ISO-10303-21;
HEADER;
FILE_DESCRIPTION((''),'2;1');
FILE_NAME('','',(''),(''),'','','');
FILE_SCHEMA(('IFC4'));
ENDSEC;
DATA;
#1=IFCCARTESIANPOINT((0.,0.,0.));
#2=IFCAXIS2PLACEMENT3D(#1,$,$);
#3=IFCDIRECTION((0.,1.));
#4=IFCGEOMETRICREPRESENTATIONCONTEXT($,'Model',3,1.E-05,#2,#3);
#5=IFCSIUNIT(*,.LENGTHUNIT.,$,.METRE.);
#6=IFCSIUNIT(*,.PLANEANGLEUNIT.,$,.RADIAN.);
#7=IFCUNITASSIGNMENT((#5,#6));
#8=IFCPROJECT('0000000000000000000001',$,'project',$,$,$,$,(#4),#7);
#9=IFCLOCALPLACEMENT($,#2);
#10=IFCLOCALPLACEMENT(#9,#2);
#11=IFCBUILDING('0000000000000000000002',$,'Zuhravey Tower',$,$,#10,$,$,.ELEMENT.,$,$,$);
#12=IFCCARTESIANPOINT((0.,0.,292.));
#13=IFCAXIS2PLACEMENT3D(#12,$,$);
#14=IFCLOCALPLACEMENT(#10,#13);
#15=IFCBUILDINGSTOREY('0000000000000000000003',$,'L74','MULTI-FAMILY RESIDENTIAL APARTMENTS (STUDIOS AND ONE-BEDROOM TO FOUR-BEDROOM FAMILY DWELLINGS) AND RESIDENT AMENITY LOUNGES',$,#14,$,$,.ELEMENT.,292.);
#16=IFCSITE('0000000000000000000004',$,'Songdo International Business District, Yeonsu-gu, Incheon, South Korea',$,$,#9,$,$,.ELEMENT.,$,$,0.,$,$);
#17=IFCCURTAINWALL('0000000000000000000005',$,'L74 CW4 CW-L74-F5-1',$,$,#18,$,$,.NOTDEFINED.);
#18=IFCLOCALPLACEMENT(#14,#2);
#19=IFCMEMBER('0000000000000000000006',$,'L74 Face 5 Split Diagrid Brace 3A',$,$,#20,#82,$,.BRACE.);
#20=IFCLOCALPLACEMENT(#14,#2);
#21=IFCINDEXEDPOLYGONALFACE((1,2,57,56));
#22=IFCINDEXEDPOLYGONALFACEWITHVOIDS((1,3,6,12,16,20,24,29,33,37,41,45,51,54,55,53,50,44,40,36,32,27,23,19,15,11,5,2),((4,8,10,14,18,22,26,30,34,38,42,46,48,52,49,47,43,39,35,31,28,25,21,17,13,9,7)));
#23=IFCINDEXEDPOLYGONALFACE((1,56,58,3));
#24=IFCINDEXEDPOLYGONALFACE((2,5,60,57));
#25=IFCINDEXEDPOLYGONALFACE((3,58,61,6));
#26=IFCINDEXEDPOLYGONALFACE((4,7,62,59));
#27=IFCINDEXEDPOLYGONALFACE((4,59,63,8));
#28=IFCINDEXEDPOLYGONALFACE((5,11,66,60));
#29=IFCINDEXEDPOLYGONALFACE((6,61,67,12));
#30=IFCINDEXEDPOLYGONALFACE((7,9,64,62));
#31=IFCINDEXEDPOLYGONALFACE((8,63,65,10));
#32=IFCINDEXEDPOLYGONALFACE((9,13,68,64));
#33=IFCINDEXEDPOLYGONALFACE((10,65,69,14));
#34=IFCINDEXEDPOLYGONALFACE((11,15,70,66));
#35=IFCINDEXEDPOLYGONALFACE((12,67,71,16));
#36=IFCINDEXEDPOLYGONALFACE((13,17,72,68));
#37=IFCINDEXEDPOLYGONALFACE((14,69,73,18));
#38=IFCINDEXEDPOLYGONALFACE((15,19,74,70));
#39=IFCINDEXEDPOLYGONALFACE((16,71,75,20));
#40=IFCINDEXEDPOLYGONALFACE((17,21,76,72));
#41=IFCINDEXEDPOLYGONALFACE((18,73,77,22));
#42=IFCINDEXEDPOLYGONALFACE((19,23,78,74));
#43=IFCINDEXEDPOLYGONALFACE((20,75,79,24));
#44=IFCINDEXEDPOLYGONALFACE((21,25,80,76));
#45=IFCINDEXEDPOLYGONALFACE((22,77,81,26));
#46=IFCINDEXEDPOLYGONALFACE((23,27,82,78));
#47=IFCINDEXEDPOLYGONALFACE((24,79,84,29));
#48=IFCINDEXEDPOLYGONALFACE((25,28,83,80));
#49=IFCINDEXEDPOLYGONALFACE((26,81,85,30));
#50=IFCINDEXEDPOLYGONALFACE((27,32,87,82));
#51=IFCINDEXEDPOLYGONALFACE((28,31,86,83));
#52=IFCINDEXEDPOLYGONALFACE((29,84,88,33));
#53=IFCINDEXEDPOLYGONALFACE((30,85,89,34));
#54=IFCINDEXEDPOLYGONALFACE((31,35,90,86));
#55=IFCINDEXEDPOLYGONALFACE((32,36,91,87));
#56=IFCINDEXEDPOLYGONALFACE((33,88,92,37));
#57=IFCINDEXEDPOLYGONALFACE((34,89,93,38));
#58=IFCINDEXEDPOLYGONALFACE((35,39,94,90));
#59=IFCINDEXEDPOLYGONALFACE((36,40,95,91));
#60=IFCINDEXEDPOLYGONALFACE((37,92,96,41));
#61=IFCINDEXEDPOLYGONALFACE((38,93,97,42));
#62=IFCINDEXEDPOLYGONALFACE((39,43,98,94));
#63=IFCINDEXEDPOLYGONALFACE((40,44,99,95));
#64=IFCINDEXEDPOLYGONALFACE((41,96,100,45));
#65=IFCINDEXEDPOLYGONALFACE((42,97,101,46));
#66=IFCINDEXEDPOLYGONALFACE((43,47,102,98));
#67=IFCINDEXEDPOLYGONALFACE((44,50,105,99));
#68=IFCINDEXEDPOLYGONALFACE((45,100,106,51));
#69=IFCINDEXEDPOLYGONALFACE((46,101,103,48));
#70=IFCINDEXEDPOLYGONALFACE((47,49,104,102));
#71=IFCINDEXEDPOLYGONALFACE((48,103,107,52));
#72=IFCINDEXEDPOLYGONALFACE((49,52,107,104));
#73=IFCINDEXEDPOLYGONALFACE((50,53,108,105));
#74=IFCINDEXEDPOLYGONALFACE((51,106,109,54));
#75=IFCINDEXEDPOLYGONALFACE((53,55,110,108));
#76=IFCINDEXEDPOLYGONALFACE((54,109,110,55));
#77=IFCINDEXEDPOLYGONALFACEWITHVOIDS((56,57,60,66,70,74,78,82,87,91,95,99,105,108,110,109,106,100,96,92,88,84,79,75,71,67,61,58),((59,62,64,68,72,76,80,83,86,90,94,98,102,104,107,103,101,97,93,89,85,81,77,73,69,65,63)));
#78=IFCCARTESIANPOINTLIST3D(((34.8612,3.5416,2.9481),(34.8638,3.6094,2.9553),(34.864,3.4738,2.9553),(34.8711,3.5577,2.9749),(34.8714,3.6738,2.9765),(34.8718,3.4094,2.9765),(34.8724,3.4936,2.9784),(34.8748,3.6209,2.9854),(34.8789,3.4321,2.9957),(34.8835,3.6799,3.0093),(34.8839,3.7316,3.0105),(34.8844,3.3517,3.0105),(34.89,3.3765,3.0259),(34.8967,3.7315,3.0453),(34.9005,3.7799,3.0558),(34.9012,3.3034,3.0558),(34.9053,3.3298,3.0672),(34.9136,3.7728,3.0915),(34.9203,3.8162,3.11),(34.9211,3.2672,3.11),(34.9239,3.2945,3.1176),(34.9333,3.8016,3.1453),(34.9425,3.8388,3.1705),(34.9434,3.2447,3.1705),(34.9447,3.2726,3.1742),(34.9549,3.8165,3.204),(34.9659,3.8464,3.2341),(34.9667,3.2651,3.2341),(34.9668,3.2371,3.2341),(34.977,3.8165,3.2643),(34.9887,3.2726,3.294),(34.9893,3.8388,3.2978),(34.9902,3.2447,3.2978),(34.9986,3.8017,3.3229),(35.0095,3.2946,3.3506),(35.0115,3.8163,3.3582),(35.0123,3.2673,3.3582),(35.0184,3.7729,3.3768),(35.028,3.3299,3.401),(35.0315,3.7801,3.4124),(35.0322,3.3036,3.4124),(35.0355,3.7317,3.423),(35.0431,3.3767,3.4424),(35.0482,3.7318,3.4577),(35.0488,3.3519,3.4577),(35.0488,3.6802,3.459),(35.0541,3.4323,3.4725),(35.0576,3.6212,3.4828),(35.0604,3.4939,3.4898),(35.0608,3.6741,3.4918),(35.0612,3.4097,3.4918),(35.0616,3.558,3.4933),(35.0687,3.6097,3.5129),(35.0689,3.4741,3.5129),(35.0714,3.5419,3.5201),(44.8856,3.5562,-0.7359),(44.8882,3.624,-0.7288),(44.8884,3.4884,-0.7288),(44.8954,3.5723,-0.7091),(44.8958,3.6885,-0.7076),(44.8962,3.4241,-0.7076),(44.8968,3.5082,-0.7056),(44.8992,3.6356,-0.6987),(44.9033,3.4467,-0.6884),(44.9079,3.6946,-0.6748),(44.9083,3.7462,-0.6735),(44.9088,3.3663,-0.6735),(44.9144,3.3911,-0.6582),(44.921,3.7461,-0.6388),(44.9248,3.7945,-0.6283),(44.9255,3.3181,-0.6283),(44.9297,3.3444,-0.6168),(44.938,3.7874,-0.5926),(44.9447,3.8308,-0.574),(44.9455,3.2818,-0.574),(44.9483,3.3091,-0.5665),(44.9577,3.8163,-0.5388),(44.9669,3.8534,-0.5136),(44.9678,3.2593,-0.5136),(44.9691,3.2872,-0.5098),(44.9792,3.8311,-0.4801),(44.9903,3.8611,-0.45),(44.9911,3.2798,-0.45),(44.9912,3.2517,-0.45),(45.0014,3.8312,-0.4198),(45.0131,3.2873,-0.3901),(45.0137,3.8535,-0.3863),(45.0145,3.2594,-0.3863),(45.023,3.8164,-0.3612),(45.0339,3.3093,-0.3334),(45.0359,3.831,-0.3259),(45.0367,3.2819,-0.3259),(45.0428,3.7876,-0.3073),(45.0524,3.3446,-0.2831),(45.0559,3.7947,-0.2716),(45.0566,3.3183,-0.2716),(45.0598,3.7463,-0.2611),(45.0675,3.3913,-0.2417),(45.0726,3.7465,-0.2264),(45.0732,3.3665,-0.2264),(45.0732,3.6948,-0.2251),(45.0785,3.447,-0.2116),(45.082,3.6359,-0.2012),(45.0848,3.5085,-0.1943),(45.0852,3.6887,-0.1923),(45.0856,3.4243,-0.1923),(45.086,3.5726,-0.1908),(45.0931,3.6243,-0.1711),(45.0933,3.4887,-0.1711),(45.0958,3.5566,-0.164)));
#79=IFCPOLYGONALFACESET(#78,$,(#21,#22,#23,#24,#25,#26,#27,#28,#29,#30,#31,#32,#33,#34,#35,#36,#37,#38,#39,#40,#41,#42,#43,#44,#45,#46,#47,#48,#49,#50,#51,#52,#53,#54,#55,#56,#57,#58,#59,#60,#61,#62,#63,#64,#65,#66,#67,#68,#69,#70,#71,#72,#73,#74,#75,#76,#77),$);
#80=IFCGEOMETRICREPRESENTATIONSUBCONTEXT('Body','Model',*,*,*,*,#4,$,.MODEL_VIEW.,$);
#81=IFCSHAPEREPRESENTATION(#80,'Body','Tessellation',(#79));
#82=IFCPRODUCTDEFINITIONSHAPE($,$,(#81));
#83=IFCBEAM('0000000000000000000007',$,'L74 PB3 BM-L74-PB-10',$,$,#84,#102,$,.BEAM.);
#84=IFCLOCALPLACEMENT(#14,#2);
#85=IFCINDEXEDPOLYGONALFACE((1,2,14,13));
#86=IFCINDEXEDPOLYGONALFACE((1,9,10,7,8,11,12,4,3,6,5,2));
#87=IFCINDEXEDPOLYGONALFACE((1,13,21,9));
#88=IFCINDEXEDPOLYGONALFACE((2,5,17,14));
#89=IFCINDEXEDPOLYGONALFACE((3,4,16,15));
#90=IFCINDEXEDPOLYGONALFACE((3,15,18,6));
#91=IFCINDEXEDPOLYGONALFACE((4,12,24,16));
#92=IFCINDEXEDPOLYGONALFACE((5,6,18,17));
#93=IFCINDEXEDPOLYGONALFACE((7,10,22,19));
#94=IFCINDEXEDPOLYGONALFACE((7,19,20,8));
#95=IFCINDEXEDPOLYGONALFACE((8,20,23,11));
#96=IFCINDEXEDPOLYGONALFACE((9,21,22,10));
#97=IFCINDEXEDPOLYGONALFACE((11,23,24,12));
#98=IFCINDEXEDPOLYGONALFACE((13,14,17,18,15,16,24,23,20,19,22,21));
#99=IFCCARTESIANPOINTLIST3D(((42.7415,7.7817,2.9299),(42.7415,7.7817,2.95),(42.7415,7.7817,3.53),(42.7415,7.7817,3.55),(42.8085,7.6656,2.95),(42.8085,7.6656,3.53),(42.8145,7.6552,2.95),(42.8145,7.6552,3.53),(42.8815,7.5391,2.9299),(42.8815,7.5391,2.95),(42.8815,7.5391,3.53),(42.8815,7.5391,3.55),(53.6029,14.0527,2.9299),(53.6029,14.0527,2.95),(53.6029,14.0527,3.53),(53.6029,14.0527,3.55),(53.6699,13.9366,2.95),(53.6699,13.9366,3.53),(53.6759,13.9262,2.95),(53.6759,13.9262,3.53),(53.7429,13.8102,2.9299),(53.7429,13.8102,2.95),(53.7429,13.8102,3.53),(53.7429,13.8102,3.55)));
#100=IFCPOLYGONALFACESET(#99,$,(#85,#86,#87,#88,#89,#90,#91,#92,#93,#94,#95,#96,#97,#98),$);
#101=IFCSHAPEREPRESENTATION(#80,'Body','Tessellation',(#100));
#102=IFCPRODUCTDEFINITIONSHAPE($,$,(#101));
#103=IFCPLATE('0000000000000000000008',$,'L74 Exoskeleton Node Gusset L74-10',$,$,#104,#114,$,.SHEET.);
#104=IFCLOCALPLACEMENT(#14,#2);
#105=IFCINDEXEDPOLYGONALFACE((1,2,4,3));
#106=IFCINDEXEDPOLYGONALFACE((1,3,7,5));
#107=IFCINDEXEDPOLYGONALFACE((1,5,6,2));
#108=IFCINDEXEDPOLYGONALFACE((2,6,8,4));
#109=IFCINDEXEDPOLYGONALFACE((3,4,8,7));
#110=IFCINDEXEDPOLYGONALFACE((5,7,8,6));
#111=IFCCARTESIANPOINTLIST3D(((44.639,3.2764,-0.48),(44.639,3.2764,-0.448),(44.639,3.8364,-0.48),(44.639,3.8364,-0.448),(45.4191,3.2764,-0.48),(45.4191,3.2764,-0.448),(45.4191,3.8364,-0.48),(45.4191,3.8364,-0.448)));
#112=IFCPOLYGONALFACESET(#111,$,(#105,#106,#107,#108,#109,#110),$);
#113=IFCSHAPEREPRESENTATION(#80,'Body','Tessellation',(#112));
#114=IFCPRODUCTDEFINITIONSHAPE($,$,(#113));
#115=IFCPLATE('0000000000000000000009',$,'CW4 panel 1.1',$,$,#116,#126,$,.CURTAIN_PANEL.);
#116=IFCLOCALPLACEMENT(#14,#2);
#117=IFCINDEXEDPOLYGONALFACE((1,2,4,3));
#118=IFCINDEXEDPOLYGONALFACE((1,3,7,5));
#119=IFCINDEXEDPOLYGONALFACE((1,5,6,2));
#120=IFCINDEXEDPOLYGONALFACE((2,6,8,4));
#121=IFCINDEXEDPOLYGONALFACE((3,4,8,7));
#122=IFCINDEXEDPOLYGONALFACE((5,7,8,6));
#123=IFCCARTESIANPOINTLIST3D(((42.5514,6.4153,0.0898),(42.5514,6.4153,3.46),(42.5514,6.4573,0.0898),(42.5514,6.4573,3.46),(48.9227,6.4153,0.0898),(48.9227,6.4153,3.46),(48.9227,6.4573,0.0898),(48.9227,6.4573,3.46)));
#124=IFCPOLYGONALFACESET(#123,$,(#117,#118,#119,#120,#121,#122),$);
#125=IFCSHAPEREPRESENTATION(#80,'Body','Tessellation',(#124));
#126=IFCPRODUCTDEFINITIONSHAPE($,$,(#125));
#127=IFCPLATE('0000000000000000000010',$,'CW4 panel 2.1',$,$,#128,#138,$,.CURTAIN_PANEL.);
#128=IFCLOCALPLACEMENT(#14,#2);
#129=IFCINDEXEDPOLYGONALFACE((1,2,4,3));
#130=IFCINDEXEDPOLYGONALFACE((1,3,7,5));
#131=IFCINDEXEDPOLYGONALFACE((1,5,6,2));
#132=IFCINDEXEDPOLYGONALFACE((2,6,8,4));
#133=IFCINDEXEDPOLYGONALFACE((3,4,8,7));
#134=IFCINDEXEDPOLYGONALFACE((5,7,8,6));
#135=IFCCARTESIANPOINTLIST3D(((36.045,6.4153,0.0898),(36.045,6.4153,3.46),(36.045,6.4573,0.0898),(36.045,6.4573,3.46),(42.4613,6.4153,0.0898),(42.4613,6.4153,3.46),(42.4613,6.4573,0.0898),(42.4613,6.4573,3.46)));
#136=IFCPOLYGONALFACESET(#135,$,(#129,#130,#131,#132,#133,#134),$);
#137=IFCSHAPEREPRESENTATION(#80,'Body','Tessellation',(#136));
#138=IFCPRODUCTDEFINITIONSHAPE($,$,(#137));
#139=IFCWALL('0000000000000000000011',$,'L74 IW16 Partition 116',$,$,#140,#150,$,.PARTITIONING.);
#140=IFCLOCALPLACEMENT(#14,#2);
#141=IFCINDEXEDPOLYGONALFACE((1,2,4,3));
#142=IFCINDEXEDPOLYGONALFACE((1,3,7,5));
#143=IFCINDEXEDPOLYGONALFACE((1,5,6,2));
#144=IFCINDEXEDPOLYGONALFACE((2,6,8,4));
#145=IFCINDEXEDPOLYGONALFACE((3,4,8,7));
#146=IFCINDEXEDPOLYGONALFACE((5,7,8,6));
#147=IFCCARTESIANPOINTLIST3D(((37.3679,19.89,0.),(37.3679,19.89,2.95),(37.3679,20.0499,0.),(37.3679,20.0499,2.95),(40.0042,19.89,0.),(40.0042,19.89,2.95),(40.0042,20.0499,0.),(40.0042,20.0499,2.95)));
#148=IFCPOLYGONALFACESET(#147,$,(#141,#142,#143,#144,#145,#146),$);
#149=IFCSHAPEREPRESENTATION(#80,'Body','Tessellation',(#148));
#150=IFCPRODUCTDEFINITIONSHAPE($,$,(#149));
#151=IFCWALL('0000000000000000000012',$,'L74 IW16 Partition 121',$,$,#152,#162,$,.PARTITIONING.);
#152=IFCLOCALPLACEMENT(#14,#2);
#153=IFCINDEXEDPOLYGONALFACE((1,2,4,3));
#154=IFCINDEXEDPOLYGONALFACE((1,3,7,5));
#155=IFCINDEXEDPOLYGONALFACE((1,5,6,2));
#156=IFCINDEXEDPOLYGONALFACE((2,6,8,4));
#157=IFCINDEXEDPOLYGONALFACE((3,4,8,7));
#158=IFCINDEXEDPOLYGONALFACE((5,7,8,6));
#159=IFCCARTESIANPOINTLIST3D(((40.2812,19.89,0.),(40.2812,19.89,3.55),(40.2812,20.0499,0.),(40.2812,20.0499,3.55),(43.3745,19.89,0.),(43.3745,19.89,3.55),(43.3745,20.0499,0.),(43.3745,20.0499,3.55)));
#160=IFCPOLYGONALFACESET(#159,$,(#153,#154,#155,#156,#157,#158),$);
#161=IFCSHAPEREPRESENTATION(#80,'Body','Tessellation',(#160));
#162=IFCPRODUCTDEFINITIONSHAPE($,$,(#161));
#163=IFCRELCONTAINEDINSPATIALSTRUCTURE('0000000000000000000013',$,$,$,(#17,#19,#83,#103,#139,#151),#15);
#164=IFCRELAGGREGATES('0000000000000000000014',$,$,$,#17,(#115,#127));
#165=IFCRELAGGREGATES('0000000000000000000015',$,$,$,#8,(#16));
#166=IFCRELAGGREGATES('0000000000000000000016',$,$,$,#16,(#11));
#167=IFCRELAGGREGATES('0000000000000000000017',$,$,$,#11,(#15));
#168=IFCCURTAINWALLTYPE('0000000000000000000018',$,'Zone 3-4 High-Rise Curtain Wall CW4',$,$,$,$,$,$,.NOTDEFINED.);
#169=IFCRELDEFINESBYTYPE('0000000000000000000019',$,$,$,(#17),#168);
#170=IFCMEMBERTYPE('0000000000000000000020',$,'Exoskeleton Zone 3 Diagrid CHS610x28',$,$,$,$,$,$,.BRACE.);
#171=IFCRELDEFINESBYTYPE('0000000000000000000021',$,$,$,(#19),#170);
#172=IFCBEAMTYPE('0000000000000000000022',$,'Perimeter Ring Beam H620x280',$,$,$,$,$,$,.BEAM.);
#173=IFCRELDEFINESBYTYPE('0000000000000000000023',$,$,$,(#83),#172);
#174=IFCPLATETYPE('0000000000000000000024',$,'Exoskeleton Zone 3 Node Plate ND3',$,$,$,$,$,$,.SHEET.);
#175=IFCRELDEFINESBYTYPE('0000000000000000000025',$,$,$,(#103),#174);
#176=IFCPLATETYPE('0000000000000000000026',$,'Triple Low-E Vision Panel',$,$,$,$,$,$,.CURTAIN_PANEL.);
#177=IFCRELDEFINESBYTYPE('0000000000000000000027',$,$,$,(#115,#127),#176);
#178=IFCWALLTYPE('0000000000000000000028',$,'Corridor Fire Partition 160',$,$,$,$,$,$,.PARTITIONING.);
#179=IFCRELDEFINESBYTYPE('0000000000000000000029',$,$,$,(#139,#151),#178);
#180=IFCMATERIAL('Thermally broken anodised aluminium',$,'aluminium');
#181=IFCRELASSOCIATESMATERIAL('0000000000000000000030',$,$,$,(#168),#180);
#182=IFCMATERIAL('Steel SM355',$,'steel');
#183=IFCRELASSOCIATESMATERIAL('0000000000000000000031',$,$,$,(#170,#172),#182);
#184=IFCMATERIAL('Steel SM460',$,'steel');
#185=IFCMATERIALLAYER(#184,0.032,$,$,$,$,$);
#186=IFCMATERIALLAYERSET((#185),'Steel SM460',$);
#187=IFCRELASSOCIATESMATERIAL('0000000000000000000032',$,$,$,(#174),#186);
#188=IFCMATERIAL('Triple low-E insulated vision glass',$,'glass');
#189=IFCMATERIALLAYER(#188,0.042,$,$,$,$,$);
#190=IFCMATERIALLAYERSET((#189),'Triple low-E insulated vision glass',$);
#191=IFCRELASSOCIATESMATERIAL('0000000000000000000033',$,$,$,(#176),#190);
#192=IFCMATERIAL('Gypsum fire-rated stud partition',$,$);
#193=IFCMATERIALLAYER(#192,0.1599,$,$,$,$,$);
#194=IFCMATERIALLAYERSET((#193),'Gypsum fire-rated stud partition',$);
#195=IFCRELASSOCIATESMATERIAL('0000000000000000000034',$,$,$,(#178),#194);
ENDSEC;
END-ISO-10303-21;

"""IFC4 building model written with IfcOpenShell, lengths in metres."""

from ifc_helpers import new_model, si_unit, direction, frame, frame_2d, origin, origin_2d, place, context, subcontext, project, spatial, rectangle, hollow_circle, i_section, extrude, material, layer, layer_set, material_profile, profile_set, type_object, element, aggregate, save


model = new_model("IFC4")

# Units and contexts
model_context = context("Model", 3, precision=1e-05, world=origin(), true_north=direction((0.0, 1.0)))
body_context = subcontext(model_context, "Body", "Model", "MODEL_VIEW")
ifc_project = project(units=[si_unit("LENGTHUNIT", "METRE"), si_unit("PLANEANGLEUNIT", "RADIAN")], contexts=[model_context])

# Site, building, storey
site_placement = place(None, origin())
site = spatial("IfcSite", under=ifc_project, at=site_placement, Name="Songdo International Business District, Yeonsu-gu, Incheon, South Korea", CompositionType="ELEMENT", RefElevation=0.0)
building_placement = place(site_placement, origin())
building = spatial("IfcBuilding", under=site, at=building_placement, Name="Zuhravey Tower", CompositionType="ELEMENT")
storey_placement = place(building_placement, frame((0.0, 0.0, 292.0)))
storey = spatial("IfcBuildingStorey", under=building, at=storey_placement, Name="L74", Description="MULTI-FAMILY RESIDENTIAL APARTMENTS (STUDIOS AND ONE-BEDROOM TO FOUR-BEDROOM FAMILY DWELLINGS) AND RESIDENT AMENITY LOUNGES", CompositionType="ELEMENT", Elevation=292.0)

# Curtain wall
ifc_material_1 = material(Name="Thermally broken anodised aluminium", Category="aluminium")
curtain_wall_type = type_object("IfcCurtainWallType", Name="Zone 3-4 High-Rise Curtain Wall CW4", PredefinedType="NOTDEFINED", material=ifc_material_1)
curtain_wall_placement = place(storey_placement, origin())
curtain_wall = element("IfcCurtainWall", 1, at=curtain_wall_placement, inside=storey, type_object=curtain_wall_type, Name="L74 CW4 CW-L74-F5-1", PredefinedType="NOTDEFINED")

# Member
ifc_material_2 = material(Name="Steel SM355", Category="steel")
ifc_material_profile_1 = material_profile(ifc_material_2, hollow_circle(Radius=0.3047, WallThickness=0.0281, at=origin_2d()), Name="CHS-609.6x28")
ifc_profile_set_1 = profile_set([ifc_material_profile_1], Name="Steel SM355")
member_type_1 = type_object("IfcMemberType", Name="Exoskeleton Zone 3 Diagrid CHS610x28", PredefinedType="BRACE", material=ifc_profile_set_1)
member_1_placement = place(storey_placement, frame((44.9907, 3.5564, -0.45), z_axis=(-0.938619, -0.001372, 0.344953), x_axis=(0.001461, -0.999999, 0.0)))
element("IfcMember", 2, at=member_1_placement, inside=storey, type_object=member_type_1, Name="L74 Face 5 Split Diagrid Brace 3A", PredefinedType="BRACE", context=body_context, shape_type="SweptSolid", body=[
    extrude(hollow_circle(Radius=0.3047, WallThickness=0.0281, at=origin_2d()), origin(), (0.0, 0.0, 1.0), 10.6799),
])

# Beam
ifc_material_profile_2 = material_profile(ifc_material_2, i_section(OverallWidth=0.28, OverallDepth=0.6201, WebThickness=0.012, FlangeThickness=0.02, at=origin_2d()), Name="H-620x280x12x20")
ifc_profile_set_2 = profile_set([ifc_material_profile_2], Name="Steel SM355")
beam_type = type_object("IfcBeamType", Name="Perimeter Ring Beam H620x280", PredefinedType="BEAM", material=ifc_profile_set_2)
beam_placement = place(storey_placement, frame((42.8115, 7.6604, 3.24), z_axis=(0.866018, 0.500012, 0.0), x_axis=(-0.500012, 0.866018, 0.0)))
element("IfcBeam", 3, at=beam_placement, inside=storey, type_object=beam_type, Name="L74 PB3 BM-L74-PB-10", PredefinedType="BEAM", context=body_context, shape_type="SweptSolid", body=[
    extrude(i_section(OverallWidth=0.28, OverallDepth=0.6201, WebThickness=0.012, FlangeThickness=0.02, at=origin_2d()), origin(), (0.0, 0.0, 1.0), 12.5417),
])

# Plates
ifc_material_3 = material(Name="Steel SM460", Category="steel")
ifc_layer_1 = layer(ifc_material_3, 0.032)
ifc_layer_set_1 = layer_set([ifc_layer_1], Name="Steel SM460")
plate_type_1 = type_object("IfcPlateType", Name="Exoskeleton Zone 3 Node Plate ND3", PredefinedType="SHEET", material=ifc_layer_set_1)
plate_1_placement = place(storey_placement, frame((45.0291, 3.5564, -0.48), z_axis=(0.0, 0.0, 1.0), x_axis=(1.0, 0.0, 0.0)))
element("IfcPlate", 4, at=plate_1_placement, inside=storey, type_object=plate_type_1, Name="L74 Exoskeleton Node Gusset L74-10", PredefinedType="SHEET", context=body_context, shape_type="SweptSolid", body=[
    extrude(rectangle(XDim=0.78, YDim=0.5601, at=origin_2d()), origin(), (0.0, 0.0, 1.0), 0.032),
])
ifc_material_4 = material(Name="Triple low-E insulated vision glass", Category="glass")
ifc_layer_2 = layer(ifc_material_4, 0.042)
ifc_layer_set_2 = layer_set([ifc_layer_2], Name="Triple low-E insulated vision glass")
plate_type_2 = type_object("IfcPlateType", Name="Triple Low-E Vision Panel", PredefinedType="CURTAIN_PANEL", material=ifc_layer_set_2)
plate_2_placement = place(storey_placement, frame((45.7371, 6.4363, 0.0898), z_axis=(0.0, 0.0, 1.0), x_axis=(-1.0, 0.0, 0.0)))
plate_2 = element("IfcPlate", 5, at=plate_2_placement, type_object=plate_type_2, Name="CW4 panel 1.1", PredefinedType="CURTAIN_PANEL", context=body_context, shape_type="SweptSolid", body=[
    extrude(rectangle(XDim=6.3713, YDim=0.042, at=origin_2d()), origin(), (0.0, 0.0, 1.0), 3.3701),
])
plate_3_placement = place(storey_placement, frame((39.2532, 6.4363, 0.0898), z_axis=(0.0, 0.0, 1.0), x_axis=(-1.0, 0.0, 0.0)))
plate_3 = element("IfcPlate", 6, at=plate_3_placement, type_object=plate_type_2, Name="CW4 panel 2.1", PredefinedType="CURTAIN_PANEL", context=body_context, shape_type="SweptSolid", body=[
    extrude(rectangle(XDim=6.4163, YDim=0.042, at=origin_2d()), origin(), (0.0, 0.0, 1.0), 3.3701),
])
aggregate(curtain_wall, [plate_2, plate_3])

# Shared definitions
ifc_material_5 = material(Name="Gypsum fire-rated stud partition")
ifc_layer_3 = layer(ifc_material_5, 0.1599)
ifc_layer_set_3 = layer_set([ifc_layer_3], Name="Gypsum fire-rated stud partition")
wall_type_1 = type_object("IfcWallType", Name="Corridor Fire Partition 160", PredefinedType="PARTITIONING", material=ifc_layer_set_3)

# Walls
wall_1_placement = place(storey_placement, frame((37.3679, 19.97, 0.0), z_axis=(0.0, 0.0, 1.0), x_axis=(1.0, 0.0, 0.0)))
element("IfcWall", 7, at=wall_1_placement, inside=storey, type_object=wall_type_1, Name="L74 IW16 Partition 116", PredefinedType="PARTITIONING", context=body_context, shape_type="SweptSolid", body=[
    extrude(rectangle(XDim=2.6362, YDim=0.1599, at=frame_2d((1.3181, 0.0))), origin(), (0.0, 0.0, 1.0), 2.95),
])
wall_2_placement = place(storey_placement, frame((40.2812, 19.97, 0.0), z_axis=(0.0, 0.0, 1.0), x_axis=(1.0, 0.0, 0.0)))
element("IfcWall", 8, at=wall_2_placement, inside=storey, type_object=wall_type_1, Name="L74 IW16 Partition 121", PredefinedType="PARTITIONING", context=body_context, shape_type="SweptSolid", body=[
    extrude(rectangle(XDim=3.0933, YDim=0.1599, at=frame_2d((1.5466, 0.0))), origin(), (0.0, 0.0, 1.0), 3.55),
])

save(model, "model.ifc")
